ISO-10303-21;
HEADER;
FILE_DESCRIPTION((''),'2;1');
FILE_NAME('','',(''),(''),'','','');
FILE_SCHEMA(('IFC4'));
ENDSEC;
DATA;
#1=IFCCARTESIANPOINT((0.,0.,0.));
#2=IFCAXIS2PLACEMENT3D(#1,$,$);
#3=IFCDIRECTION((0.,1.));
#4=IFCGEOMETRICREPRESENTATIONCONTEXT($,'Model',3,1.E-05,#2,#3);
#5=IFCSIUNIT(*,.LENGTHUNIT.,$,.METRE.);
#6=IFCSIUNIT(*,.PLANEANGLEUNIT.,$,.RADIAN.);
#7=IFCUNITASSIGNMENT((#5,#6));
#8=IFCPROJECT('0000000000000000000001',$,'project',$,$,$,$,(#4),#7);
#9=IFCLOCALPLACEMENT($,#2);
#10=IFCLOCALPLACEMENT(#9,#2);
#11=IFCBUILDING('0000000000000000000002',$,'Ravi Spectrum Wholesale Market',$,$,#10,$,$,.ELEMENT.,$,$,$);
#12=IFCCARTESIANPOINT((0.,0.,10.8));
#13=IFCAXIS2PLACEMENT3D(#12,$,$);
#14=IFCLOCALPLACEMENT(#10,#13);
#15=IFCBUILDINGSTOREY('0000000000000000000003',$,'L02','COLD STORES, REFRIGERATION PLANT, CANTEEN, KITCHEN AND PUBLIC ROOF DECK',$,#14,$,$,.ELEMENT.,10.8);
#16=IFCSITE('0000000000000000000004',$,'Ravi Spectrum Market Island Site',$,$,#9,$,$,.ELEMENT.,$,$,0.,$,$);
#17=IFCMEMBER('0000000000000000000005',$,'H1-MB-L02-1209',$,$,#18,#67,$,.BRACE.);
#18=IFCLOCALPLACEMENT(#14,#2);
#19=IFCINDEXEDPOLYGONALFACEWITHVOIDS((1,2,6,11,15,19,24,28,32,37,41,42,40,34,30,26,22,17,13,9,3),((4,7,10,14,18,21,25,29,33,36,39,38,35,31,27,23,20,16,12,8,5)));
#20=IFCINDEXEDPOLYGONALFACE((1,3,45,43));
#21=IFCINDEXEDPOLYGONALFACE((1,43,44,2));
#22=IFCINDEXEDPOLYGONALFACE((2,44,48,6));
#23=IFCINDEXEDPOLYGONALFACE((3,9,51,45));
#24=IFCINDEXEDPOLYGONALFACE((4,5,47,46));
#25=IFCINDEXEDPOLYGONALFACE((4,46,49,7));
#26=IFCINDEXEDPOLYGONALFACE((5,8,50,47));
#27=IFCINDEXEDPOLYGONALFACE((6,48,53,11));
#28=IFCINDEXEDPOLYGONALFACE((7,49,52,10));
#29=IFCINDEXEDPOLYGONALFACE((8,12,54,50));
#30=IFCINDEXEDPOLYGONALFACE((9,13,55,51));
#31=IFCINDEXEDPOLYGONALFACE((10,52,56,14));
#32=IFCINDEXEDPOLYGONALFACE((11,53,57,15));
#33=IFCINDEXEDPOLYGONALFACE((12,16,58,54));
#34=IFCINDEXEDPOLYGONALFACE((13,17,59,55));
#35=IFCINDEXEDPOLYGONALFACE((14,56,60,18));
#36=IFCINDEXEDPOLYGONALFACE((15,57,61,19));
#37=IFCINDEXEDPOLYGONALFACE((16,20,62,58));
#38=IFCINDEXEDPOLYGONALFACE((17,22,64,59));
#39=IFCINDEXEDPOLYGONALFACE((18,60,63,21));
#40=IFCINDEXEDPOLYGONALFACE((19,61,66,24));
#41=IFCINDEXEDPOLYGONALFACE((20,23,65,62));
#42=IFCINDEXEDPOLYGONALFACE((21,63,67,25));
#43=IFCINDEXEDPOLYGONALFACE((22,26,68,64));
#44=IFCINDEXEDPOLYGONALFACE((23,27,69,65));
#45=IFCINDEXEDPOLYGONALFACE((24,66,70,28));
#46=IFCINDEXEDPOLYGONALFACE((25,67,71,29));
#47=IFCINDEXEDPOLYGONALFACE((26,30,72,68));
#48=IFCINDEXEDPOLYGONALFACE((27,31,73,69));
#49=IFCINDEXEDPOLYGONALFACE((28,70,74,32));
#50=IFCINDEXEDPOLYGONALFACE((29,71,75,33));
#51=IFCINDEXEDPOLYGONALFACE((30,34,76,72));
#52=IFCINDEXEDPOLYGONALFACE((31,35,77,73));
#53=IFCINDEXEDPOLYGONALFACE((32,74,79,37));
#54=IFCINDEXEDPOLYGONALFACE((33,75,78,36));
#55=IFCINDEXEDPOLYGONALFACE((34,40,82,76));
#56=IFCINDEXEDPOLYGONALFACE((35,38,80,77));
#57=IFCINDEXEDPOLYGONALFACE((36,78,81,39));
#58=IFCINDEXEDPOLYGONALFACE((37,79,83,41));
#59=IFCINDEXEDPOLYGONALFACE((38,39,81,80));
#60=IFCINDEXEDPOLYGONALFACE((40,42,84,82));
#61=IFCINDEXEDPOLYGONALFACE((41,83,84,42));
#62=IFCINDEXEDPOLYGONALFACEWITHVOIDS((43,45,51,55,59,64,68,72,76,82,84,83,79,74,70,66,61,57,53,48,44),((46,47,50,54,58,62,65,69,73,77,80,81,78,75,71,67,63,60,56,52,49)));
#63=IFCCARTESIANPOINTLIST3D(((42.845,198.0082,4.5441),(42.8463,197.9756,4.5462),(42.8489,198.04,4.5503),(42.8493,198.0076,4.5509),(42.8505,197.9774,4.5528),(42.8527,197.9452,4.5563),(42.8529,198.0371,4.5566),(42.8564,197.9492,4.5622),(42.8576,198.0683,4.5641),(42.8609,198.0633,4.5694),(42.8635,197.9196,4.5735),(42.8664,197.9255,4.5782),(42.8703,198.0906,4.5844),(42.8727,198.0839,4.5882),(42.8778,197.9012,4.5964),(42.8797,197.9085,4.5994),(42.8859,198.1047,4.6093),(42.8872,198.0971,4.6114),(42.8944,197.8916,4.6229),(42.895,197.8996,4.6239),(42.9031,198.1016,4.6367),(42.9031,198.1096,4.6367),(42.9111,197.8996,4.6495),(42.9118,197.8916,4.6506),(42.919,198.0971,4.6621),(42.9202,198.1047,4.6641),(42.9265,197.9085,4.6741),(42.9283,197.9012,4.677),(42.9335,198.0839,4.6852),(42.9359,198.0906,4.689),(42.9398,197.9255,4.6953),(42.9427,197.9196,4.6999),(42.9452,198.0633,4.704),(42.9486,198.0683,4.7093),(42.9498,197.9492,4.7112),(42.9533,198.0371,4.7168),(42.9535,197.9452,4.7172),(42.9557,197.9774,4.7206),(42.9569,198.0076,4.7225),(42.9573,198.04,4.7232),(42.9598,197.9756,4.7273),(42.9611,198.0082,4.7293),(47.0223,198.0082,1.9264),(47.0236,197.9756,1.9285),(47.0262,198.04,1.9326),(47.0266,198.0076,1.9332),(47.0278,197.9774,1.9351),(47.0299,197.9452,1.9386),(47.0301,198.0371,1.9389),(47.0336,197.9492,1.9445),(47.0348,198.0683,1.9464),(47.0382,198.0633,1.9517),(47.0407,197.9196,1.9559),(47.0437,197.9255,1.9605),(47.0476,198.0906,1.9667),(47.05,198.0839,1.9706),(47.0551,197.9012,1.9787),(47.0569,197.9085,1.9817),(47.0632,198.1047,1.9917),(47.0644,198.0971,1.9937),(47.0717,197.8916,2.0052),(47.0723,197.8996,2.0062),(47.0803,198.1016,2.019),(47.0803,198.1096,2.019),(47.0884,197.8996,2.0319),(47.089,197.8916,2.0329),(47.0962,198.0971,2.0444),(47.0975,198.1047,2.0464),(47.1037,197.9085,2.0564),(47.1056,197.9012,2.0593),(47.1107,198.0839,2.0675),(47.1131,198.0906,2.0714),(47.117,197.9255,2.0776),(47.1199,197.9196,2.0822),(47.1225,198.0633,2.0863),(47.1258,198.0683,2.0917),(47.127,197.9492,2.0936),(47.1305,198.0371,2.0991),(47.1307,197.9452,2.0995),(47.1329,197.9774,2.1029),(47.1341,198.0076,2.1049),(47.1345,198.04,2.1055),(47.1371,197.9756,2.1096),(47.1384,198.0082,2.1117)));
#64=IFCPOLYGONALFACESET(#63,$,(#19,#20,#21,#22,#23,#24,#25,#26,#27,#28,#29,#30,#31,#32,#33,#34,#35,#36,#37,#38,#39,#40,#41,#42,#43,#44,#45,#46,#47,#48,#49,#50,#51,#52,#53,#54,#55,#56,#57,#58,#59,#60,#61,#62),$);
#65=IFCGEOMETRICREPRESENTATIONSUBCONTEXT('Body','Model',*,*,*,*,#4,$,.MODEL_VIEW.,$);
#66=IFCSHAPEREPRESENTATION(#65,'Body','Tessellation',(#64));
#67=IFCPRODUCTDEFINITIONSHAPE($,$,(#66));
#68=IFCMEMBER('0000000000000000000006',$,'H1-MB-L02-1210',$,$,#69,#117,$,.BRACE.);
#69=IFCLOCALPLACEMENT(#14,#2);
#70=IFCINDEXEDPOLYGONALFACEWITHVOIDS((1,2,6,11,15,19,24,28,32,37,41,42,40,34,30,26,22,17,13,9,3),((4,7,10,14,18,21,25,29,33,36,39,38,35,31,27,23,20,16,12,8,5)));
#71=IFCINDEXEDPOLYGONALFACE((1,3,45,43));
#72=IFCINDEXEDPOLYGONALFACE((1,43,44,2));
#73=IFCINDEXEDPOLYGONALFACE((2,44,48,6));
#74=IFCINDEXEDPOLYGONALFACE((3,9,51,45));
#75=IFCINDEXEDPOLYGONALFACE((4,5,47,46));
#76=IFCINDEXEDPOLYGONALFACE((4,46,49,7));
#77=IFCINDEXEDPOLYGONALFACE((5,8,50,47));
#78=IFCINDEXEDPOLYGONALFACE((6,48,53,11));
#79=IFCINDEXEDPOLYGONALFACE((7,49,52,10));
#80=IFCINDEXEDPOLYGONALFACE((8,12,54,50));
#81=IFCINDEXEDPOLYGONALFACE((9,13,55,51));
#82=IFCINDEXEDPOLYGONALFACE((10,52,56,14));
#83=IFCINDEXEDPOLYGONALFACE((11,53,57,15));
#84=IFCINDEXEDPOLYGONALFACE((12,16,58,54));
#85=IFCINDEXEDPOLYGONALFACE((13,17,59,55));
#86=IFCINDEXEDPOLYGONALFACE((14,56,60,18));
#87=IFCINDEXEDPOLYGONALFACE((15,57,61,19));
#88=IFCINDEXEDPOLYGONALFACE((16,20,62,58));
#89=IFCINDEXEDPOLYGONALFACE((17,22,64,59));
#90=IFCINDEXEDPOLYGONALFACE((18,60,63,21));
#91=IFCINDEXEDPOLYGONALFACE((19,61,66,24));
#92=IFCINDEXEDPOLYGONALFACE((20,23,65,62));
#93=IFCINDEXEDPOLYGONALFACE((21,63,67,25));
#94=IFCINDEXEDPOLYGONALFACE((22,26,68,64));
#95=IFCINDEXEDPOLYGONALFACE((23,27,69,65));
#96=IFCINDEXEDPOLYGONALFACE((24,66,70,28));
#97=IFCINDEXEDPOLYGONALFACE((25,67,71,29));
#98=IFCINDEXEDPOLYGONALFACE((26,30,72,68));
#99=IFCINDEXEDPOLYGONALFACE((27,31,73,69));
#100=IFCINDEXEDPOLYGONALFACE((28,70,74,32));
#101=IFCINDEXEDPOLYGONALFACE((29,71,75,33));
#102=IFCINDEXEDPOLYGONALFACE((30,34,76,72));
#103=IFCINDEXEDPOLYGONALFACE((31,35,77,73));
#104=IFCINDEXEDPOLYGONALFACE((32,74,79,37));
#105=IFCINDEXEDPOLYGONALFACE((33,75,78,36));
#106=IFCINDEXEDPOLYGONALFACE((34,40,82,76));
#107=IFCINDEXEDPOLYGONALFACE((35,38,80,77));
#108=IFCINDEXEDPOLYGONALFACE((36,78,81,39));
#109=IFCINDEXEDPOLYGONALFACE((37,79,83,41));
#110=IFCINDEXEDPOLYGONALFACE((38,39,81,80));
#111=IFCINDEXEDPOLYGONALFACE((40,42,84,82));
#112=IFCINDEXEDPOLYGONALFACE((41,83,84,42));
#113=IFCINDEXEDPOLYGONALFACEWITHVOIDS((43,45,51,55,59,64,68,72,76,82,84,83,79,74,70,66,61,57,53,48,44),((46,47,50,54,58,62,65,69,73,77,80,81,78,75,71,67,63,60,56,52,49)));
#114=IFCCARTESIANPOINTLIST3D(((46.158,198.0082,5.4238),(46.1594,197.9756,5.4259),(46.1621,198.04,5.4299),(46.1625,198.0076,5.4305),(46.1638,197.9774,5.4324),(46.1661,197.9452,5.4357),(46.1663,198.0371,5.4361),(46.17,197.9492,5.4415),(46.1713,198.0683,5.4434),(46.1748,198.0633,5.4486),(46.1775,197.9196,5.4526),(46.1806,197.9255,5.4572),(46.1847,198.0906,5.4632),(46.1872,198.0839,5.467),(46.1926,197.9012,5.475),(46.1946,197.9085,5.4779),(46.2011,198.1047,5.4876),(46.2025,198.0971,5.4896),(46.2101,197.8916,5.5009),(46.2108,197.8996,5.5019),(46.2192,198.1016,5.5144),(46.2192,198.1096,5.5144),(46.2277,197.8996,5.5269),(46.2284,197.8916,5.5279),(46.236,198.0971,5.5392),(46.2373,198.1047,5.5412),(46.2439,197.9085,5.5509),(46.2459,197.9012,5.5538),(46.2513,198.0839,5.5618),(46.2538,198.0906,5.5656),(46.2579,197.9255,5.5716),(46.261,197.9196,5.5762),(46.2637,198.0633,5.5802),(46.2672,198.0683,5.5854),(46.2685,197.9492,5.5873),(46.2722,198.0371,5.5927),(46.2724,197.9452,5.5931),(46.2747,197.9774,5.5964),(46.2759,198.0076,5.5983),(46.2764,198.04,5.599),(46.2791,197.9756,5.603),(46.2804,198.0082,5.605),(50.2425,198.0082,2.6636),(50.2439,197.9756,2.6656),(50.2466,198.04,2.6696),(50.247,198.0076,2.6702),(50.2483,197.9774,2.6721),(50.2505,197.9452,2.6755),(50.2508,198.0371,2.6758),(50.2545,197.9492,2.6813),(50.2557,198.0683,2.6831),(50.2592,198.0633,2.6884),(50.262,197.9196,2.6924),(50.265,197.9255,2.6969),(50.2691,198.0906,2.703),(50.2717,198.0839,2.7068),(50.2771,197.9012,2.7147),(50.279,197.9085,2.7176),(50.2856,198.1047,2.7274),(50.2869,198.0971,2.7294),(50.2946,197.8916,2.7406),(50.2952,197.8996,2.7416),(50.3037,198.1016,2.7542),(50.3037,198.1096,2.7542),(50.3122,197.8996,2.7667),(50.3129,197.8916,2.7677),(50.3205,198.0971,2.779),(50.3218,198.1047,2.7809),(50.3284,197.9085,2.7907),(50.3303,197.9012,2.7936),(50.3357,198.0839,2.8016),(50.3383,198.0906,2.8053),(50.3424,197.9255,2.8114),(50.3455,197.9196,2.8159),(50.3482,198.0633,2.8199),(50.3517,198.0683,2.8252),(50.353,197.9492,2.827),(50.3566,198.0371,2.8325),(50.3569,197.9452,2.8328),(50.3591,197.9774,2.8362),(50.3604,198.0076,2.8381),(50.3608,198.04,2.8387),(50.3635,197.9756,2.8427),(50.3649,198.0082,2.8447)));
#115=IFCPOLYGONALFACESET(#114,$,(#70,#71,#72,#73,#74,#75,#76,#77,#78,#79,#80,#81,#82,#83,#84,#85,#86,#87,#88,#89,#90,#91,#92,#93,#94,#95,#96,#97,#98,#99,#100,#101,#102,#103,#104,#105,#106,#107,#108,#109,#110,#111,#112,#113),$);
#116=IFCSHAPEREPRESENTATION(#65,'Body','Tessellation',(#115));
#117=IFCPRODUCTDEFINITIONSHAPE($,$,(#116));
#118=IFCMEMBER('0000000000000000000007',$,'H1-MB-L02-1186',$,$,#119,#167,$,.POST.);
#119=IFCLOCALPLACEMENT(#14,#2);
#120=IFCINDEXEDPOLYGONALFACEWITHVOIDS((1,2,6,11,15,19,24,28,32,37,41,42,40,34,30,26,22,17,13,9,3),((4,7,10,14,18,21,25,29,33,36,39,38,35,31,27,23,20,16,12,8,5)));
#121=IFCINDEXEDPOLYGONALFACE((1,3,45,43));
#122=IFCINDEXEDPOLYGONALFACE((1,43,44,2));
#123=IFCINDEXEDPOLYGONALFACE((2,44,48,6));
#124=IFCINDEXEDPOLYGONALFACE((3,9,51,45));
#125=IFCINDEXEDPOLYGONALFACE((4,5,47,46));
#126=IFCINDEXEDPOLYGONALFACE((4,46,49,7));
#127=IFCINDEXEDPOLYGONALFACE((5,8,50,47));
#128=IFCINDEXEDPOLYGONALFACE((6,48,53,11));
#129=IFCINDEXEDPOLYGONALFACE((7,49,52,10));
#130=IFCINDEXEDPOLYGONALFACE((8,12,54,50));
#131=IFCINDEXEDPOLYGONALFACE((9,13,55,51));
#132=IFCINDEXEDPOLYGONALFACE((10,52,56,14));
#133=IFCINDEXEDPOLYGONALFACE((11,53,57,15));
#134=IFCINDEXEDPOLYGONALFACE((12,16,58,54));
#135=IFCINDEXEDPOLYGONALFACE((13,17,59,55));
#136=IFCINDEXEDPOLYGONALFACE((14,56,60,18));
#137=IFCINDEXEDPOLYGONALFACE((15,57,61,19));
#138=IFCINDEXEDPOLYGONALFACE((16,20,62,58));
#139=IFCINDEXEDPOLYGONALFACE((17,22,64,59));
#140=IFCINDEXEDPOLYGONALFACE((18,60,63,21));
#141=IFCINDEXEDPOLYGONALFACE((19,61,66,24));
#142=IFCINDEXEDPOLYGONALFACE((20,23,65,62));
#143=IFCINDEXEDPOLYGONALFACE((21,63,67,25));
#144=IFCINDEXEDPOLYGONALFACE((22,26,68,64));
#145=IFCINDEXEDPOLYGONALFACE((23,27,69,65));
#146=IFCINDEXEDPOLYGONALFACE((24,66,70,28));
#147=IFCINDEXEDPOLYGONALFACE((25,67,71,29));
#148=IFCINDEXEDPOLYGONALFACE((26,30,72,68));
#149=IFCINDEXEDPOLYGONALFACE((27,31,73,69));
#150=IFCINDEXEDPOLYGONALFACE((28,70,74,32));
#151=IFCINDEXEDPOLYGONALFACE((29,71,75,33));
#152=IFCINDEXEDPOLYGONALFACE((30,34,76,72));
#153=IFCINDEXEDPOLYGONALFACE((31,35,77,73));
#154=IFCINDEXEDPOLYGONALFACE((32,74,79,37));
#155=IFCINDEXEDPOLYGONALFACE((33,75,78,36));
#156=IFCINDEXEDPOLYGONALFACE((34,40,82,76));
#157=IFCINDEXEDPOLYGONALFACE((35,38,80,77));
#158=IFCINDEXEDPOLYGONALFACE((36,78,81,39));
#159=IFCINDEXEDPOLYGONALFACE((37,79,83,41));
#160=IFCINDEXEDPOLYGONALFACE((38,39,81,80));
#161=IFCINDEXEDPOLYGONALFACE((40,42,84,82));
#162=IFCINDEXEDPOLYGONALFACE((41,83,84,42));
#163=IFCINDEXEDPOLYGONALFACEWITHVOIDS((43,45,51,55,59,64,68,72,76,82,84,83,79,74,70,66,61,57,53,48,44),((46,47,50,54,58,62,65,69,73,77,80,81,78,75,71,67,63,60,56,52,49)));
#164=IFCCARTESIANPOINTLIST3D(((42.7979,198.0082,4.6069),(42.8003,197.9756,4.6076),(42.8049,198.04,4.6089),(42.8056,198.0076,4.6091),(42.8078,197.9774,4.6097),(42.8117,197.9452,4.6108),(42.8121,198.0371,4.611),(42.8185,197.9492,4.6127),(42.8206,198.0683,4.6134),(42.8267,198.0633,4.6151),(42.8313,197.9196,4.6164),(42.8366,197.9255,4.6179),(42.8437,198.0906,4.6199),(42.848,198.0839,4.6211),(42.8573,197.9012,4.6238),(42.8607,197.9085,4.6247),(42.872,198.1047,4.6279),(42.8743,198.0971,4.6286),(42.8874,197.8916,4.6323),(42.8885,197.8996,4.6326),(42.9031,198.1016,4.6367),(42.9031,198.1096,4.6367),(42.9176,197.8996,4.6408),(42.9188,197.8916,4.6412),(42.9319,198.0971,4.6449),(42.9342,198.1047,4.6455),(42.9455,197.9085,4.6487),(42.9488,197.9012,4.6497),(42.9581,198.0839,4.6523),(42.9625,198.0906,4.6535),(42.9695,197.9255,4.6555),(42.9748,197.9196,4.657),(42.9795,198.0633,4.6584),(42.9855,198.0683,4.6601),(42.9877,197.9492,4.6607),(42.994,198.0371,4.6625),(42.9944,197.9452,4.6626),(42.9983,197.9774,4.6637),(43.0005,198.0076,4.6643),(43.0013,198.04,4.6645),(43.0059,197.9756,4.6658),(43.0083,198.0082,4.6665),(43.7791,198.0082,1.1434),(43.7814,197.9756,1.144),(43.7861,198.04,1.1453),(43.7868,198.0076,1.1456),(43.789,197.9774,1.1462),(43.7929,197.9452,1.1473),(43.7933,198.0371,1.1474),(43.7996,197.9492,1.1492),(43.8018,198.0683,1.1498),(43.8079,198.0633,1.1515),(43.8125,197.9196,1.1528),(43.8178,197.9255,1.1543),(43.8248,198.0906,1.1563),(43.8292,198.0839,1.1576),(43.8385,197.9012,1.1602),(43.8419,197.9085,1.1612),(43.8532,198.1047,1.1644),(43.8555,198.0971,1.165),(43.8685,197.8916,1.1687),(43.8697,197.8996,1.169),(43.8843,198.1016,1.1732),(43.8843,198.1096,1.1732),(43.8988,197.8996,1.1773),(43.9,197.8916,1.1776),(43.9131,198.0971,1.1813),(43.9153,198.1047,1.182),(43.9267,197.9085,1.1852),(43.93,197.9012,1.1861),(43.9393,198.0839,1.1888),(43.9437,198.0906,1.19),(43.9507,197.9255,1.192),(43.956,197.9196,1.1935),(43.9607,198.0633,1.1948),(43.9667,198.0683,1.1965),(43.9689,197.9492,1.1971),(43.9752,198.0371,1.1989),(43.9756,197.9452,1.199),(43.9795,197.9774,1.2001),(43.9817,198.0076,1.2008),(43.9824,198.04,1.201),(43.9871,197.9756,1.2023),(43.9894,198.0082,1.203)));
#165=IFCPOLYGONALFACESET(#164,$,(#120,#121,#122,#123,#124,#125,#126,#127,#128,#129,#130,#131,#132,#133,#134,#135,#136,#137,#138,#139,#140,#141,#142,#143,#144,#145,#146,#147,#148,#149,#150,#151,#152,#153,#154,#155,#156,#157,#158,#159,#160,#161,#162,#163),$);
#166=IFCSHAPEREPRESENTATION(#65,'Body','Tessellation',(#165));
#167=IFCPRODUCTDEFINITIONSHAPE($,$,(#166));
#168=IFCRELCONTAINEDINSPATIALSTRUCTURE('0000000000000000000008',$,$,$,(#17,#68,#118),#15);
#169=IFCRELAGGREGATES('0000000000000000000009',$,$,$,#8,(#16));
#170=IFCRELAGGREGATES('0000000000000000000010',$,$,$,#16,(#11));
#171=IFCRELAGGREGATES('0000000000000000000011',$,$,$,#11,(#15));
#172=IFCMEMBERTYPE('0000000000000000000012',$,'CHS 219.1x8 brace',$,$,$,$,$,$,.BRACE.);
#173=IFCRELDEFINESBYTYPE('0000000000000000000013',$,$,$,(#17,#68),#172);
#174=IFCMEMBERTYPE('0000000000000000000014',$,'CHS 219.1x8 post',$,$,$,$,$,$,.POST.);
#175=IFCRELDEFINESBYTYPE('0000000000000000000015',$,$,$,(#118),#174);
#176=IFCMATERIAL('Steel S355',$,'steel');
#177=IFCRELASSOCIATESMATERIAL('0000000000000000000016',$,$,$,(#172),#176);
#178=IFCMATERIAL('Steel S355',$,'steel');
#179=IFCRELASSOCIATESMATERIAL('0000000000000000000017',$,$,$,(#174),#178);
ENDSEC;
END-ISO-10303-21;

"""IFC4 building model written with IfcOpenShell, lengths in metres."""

from ifc_helpers import new_model, si_unit, direction, frame, origin, origin_2d, place, context, subcontext, project, spatial, hollow_circle, extrude, material, material_profile, profile_set, type_object, element, save


model = new_model("IFC4")

# Units and contexts
model_context = context("Model", 3, precision=1e-05, world=origin(), true_north=direction((0.0, 1.0)))
body_context = subcontext(model_context, "Body", "Model", "MODEL_VIEW")
ifc_project = project(units=[si_unit("LENGTHUNIT", "METRE"), si_unit("PLANEANGLEUNIT", "RADIAN")], contexts=[model_context])

# Site, building, storey
site_placement = place(None, origin())
site = spatial("IfcSite", under=ifc_project, at=site_placement, Name="Ravi Spectrum Market Island Site", CompositionType="ELEMENT", RefElevation=0.0)
building_placement = place(site_placement, origin())
building = spatial("IfcBuilding", under=site, at=building_placement, Name="Ravi Spectrum Wholesale Market", CompositionType="ELEMENT")
storey_placement = place(building_placement, frame((0.0, 0.0, 10.8)))
storey = spatial("IfcBuildingStorey", under=building, at=storey_placement, Name="L02", Description="COLD STORES, REFRIGERATION PLANT, CANTEEN, KITCHEN AND PUBLIC ROOF DECK", CompositionType="ELEMENT", Elevation=10.8)

# Members
ifc_material_1 = material(Name="Steel S355", Category="steel")
ifc_material_profile_1 = material_profile(ifc_material_1, hollow_circle(Radius=0.1096, WallThickness=0.0081, at=origin_2d()))
ifc_profile_set_1 = profile_set([ifc_material_profile_1], Name="Steel S355")
member_type_1 = type_object("IfcMemberType", Name="CHS 219.1x8 brace", PredefinedType="BRACE", material=ifc_profile_set_1)
for number, where, z_axis, x_axis, name in (
    (1, (42.9031, 198.0, 4.6367), (0.847369, 0.0, -0.531005), (0.0, 1.0, 0.0), "H1-MB-L02-1209"),
    (2, (46.2192, 198.0, 5.5144), (0.828544, 0.0, -0.559924), (0.0, 1.0, 0.0), "H1-MB-L02-1210"),
):
    element("IfcMember", number, at=place(storey_placement, frame(where, z_axis=z_axis, x_axis=x_axis)), inside=storey, type_object=member_type_1, Name=name, PredefinedType="BRACE", context=body_context, shape_type="SweptSolid", body=[
        extrude(hollow_circle(Radius=0.1096, WallThickness=0.0081, at=origin_2d()), origin(), (0.0, 0.0, 1.0), 4.9297),
    ])
ifc_material_2 = material(Name="Steel S355", Category="steel")
ifc_material_profile_2 = material_profile(ifc_material_2, hollow_circle(Radius=0.1096, WallThickness=0.0081, at=origin_2d()))
ifc_profile_set_2 = profile_set([ifc_material_profile_2], Name="Steel S355")
member_type_2 = type_object("IfcMemberType", Name="CHS 219.1x8 post", PredefinedType="POST", material=ifc_profile_set_2)
for number, where, z_axis, x_axis, name in (
    (3, (42.9031, 198.0, 4.6367), (0.272562, 0.0, -0.962138), (0.0, 1.0, 0.0), "H1-MB-L02-1186"),
):
    element("IfcMember", number, at=place(storey_placement, frame(where, z_axis=z_axis, x_axis=x_axis)), inside=storey, type_object=member_type_2, Name=name, PredefinedType="POST", context=body_context, shape_type="SweptSolid", body=[
        extrude(hollow_circle(Radius=0.1096, WallThickness=0.0081, at=origin_2d()), origin(), (0.0, 0.0, 1.0), 3.5999),
    ])

save(model, "model.ifc")
